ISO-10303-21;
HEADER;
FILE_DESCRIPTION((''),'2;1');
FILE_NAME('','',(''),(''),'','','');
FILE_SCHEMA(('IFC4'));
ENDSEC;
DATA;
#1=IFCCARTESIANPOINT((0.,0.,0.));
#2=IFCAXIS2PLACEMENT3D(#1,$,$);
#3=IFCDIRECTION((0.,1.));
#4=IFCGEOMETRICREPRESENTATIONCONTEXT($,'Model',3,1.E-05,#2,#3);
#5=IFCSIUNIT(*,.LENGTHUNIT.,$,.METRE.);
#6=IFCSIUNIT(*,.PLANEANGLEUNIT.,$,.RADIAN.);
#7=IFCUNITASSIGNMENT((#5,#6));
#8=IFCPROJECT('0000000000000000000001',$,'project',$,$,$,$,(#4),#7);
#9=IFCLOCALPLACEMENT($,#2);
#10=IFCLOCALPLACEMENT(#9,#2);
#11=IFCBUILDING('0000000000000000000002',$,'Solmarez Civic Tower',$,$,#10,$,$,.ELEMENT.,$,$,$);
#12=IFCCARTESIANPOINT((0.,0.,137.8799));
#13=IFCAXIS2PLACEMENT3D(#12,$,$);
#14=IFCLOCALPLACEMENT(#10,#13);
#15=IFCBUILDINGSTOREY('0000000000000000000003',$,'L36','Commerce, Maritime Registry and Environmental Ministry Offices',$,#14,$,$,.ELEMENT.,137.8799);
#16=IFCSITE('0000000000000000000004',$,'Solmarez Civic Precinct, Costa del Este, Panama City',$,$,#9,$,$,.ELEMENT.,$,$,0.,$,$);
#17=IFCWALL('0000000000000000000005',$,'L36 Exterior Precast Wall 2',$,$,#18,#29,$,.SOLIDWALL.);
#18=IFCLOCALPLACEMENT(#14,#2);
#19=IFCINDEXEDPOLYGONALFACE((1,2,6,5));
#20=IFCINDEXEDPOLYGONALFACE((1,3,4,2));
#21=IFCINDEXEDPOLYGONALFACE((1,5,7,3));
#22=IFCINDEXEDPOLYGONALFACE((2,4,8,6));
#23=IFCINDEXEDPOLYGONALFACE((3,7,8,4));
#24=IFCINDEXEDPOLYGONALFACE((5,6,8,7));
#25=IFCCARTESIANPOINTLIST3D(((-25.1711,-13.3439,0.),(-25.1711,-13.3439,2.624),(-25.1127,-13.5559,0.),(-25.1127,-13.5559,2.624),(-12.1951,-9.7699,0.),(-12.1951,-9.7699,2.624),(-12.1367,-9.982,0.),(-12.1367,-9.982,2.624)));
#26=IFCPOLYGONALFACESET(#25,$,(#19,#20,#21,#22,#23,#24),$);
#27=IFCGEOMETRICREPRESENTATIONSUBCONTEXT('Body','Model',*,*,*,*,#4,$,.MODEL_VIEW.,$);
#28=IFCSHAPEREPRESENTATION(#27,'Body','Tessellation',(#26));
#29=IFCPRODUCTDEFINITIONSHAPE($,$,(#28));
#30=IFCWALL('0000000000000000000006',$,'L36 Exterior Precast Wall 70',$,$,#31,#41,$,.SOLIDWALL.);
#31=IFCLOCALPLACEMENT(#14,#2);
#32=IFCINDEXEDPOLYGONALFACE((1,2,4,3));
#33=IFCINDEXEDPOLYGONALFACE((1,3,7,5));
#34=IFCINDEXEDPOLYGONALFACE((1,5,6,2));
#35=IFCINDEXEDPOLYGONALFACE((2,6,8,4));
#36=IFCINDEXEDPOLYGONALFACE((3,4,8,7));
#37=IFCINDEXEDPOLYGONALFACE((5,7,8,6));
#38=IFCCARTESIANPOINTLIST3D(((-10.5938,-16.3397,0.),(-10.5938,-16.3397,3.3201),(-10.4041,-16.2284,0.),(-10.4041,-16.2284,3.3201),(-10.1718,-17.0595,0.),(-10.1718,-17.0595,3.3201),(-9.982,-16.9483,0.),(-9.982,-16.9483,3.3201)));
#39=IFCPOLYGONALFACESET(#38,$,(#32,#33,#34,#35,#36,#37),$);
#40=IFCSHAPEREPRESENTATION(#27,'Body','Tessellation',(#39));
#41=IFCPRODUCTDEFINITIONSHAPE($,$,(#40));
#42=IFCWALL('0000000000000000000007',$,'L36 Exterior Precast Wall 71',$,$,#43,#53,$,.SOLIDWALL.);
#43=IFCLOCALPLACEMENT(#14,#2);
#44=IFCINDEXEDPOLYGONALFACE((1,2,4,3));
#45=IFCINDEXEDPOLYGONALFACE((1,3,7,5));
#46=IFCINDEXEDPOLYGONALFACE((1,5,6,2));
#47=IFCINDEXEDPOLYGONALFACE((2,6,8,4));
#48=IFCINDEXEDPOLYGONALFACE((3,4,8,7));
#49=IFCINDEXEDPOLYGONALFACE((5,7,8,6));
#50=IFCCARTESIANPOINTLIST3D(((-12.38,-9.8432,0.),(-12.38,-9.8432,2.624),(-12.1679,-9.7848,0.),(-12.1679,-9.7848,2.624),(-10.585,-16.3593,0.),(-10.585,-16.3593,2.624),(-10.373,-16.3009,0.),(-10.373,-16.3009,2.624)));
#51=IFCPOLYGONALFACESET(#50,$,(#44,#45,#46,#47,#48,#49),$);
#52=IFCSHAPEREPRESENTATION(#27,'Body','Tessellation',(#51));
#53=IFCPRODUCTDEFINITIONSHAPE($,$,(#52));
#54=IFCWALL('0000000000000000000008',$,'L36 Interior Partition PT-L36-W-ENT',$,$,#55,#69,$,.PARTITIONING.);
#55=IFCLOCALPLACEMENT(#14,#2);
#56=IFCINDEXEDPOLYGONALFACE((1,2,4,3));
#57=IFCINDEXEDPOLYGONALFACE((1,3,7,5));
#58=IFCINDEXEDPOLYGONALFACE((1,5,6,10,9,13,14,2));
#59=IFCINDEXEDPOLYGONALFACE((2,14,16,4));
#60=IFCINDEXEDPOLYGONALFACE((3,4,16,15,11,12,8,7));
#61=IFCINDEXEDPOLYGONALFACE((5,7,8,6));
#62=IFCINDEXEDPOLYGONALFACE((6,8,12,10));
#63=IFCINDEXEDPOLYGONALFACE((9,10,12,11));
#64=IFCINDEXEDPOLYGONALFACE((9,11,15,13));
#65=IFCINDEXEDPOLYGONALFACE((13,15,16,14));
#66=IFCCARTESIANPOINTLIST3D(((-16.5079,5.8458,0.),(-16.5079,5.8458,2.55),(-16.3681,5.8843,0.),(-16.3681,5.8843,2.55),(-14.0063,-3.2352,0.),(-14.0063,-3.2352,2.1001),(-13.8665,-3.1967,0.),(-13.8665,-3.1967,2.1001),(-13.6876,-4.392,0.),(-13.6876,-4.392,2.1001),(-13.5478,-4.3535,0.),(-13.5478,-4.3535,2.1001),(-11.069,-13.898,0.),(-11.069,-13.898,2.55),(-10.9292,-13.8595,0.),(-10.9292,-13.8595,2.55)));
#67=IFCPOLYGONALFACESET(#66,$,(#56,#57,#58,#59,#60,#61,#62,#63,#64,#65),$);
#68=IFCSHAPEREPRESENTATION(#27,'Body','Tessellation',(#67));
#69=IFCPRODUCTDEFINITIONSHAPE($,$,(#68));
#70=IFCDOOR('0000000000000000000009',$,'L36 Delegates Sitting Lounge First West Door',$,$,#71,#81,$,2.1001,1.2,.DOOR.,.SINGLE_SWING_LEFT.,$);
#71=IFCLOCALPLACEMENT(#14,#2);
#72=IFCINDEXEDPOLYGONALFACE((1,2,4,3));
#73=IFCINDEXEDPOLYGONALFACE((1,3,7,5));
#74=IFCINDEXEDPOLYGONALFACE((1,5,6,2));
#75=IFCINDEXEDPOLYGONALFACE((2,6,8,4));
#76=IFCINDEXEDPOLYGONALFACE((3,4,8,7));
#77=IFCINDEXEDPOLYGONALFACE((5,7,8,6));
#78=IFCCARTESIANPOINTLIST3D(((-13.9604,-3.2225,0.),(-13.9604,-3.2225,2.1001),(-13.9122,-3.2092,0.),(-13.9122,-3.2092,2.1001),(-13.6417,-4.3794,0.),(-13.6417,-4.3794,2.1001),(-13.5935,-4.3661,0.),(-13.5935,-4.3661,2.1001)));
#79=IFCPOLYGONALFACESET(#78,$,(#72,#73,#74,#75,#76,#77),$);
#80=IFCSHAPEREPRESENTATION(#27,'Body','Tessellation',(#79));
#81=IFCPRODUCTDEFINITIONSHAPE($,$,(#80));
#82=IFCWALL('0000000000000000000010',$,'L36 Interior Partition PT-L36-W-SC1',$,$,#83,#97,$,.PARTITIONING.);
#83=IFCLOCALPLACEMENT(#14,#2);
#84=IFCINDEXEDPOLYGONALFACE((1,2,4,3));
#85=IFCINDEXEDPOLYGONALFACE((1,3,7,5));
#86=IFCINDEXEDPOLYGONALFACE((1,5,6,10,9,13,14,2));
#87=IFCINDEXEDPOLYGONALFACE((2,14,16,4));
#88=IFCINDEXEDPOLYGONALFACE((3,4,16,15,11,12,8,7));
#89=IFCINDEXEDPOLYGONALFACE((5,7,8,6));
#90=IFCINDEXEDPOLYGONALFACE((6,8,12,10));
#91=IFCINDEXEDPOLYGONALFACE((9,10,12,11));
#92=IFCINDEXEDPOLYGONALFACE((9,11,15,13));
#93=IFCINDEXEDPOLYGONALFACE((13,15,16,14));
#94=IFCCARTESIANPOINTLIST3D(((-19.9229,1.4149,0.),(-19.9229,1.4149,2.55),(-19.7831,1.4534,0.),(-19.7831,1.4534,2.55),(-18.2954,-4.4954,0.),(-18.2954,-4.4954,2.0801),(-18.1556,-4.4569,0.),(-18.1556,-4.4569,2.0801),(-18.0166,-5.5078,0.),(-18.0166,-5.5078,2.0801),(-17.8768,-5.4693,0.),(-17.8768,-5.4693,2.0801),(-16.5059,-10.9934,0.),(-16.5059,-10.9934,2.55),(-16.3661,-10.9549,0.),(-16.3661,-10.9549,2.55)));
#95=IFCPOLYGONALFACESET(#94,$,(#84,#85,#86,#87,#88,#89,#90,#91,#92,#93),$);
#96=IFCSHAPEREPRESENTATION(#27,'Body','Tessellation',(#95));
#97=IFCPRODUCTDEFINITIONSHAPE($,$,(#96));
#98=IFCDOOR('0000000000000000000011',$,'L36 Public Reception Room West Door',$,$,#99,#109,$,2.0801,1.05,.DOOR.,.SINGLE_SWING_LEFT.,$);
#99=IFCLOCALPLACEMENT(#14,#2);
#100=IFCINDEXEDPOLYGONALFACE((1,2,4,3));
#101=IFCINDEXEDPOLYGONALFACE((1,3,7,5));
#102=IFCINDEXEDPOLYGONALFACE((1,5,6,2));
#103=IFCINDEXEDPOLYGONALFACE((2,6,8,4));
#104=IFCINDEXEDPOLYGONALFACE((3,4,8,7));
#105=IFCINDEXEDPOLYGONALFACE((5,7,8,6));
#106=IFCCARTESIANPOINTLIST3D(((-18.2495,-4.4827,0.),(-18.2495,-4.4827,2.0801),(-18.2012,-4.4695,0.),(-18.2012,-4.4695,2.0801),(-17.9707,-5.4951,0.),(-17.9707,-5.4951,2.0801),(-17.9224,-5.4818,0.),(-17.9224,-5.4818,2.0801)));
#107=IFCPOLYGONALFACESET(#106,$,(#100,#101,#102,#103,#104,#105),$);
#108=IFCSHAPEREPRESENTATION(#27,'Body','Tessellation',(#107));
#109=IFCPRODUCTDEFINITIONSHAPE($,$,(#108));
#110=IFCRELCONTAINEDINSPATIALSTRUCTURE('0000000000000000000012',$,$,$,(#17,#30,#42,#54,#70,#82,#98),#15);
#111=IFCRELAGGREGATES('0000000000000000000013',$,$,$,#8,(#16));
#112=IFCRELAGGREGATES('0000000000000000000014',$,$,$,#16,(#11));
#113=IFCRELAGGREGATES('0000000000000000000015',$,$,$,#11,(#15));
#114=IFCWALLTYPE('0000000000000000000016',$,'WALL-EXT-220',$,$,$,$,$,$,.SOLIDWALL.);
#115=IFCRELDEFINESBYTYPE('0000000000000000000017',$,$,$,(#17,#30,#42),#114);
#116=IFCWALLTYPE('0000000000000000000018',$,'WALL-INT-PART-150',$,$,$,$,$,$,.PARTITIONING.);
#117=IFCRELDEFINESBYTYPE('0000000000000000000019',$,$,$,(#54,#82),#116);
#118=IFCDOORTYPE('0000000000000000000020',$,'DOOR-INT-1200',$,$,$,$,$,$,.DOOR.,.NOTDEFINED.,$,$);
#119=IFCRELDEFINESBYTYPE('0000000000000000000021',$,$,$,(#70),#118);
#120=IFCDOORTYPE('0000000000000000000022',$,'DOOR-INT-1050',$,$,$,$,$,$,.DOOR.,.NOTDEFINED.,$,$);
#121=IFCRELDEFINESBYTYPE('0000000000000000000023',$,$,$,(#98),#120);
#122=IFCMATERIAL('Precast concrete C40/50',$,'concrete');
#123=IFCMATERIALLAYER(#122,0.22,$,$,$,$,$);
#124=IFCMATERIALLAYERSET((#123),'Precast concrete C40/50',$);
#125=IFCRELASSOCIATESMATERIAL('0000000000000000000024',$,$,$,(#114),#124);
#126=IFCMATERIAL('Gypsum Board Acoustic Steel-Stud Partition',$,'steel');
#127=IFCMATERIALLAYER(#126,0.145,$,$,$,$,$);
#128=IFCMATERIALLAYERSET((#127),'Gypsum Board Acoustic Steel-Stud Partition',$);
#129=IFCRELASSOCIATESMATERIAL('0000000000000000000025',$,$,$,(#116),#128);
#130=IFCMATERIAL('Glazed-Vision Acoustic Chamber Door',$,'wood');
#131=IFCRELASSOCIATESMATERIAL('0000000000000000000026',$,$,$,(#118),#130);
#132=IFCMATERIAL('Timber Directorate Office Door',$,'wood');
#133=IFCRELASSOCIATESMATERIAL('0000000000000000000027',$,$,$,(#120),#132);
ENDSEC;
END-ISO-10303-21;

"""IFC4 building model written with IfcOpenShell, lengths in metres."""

from ifc_helpers import new_model, si_unit, direction, frame, frame_2d, origin, place, context, subcontext, project, spatial, rectangle, extrude, material, layer, layer_set, type_object, element, fill, save


model = new_model("IFC4")

# Units and contexts
model_context = context("Model", 3, precision=1e-05, world=origin(), true_north=direction((0.0, 1.0)))
body_context = subcontext(model_context, "Body", "Model", "MODEL_VIEW")
ifc_project = project(units=[si_unit("LENGTHUNIT", "METRE"), si_unit("PLANEANGLEUNIT", "RADIAN")], contexts=[model_context])

# Site, building, storey
site_placement = place(None, origin())
site = spatial("IfcSite", under=ifc_project, at=site_placement, Name="Solmarez Civic Precinct, Costa del Este, Panama City", CompositionType="ELEMENT", RefElevation=0.0)
building_placement = place(site_placement, origin())
building = spatial("IfcBuilding", under=site, at=building_placement, Name="Solmarez Civic Tower", CompositionType="ELEMENT")
storey_placement = place(building_placement, frame((0.0, 0.0, 137.8799)))
storey = spatial("IfcBuildingStorey", under=building, at=storey_placement, Name="L36", Description="Commerce, Maritime Registry and Environmental Ministry Offices", CompositionType="ELEMENT", Elevation=137.8799)

# Walls
ifc_material_1 = material(Name="Precast concrete C40/50", Category="concrete")
ifc_layer_1 = layer(ifc_material_1, 0.22)
ifc_layer_set_1 = layer_set([ifc_layer_1], Name="Precast concrete C40/50")
wall_type_1 = type_object("IfcWallType", Name="WALL-EXT-220", PredefinedType="SOLIDWALL", material=ifc_layer_set_1)
wall_1_placement = place(storey_placement, frame((-12.166, -9.876, 0.0), z_axis=(0.0, 0.0, 1.0), x_axis=(-0.9641, -0.26554, 0.0)))
element("IfcWall", 1, at=wall_1_placement, inside=storey, type_object=wall_type_1, Name="L36 Exterior Precast Wall 2", PredefinedType="SOLIDWALL", context=body_context, shape_type="SweptSolid", body=[
    extrude(rectangle(XDim=13.4592, YDim=0.22, at=frame_2d((6.7295, 0.0))), origin(), (0.0, 0.0, 1.0), 2.624),
])
wall_2_placement = place(storey_placement, frame((-10.0769, -17.0039, 0.0), z_axis=(0.0, 0.0, 1.0), x_axis=(-0.50578, 0.862663, 0.0)))
element("IfcWall", 2, at=wall_2_placement, inside=storey, type_object=wall_type_1, Name="L36 Exterior Precast Wall 70", PredefinedType="SOLIDWALL", context=body_context, shape_type="SweptSolid", body=[
    extrude(rectangle(XDim=0.8345, YDim=0.22, at=frame_2d((0.4172, 0.0))), origin(), (0.0, 0.0, 1.0), 3.3201),
])
wall_3_placement = place(storey_placement, frame((-10.479, -16.3301, 0.0), z_axis=(0.0, 0.0, 1.0), x_axis=(-0.265568, 0.964092, 0.0)))
element("IfcWall", 3, at=wall_3_placement, inside=storey, type_object=wall_type_1, Name="L36 Exterior Precast Wall 71", PredefinedType="SOLIDWALL", context=body_context, shape_type="SweptSolid", body=[
    extrude(rectangle(XDim=6.7588, YDim=0.22, at=frame_2d((3.3794, 0.0))), origin(), (0.0, 0.0, 1.0), 2.624),
])

# Walls, openings, doors
ifc_material_2 = material(Name="Gypsum Board Acoustic Steel-Stud Partition", Category="steel")
ifc_layer_2 = layer(ifc_material_2, 0.145)
ifc_layer_set_2 = layer_set([ifc_layer_2], Name="Gypsum Board Acoustic Steel-Stud Partition")
wall_type_2 = type_object("IfcWallType", Name="WALL-INT-PART-150", PredefinedType="PARTITIONING", material=ifc_layer_set_2)
wall_4_placement = place(storey_placement, frame((-10.999, -13.8789, 0.0), z_axis=(0.0, 0.0, 1.0), x_axis=(-0.265583, 0.964088, 0.0)))
wall_4 = element("IfcWall", 4, at=wall_4_placement, inside=storey, type_object=wall_type_2, Name="L36 Interior Partition PT-L36-W-ENT", PredefinedType="PARTITIONING", context=body_context, shape_type="SweptSolid", body=[
    extrude(rectangle(XDim=20.4792, YDim=0.145, at=frame_2d((10.2397, 0.0))), origin(), (0.0, 0.0, 1.0), 2.55),
])
opening_1_placement = place(wall_4_placement, frame((9.8601, 0.0, 0.0)))
opening_1 = element("IfcOpeningElement", 5, at=opening_1_placement, cuts=wall_4, PredefinedType="OPENING", context=body_context, shape_type="SweptSolid", body=[
    extrude(rectangle(XDim=1.2, YDim=2.1001, at=frame_2d((0.6001, 1.05))), frame((0.0, 0.0825, 0.0), z_axis=(0.0, -1.0, 0.0), x_axis=(1.0, 0.0, 0.0)), (0.0, 0.0, 1.0), 0.165),
])
ifc_material_3 = material(Name="Glazed-Vision Acoustic Chamber Door", Category="wood")
door_type_1 = type_object("IfcDoorType", Name="DOOR-INT-1200", OperationType="NOTDEFINED", PredefinedType="DOOR", material=ifc_material_3)
door_1_placement = place(opening_1_placement, origin())
door_1 = element("IfcDoor", 6, at=door_1_placement, inside=storey, type_object=door_type_1, Name="L36 Delegates Sitting Lounge First West Door", OperationType="SINGLE_SWING_LEFT", OverallHeight=2.1001, OverallWidth=1.2, PredefinedType="DOOR", context=body_context, shape_type="SweptSolid", body=[
    extrude(rectangle(XDim=1.2, YDim=2.1001, at=frame_2d((0.6001, 1.05))), frame((0.0, 0.0249, 0.0), z_axis=(0.0, -1.0, 0.0), x_axis=(1.0, 0.0, 0.0)), (0.0, 0.0, 1.0), 0.05),
])
fill(opening_1, door_1)
wall_5_placement = place(storey_placement, frame((-16.436, -10.9741, 0.0), z_axis=(0.0, 0.0, 1.0), x_axis=(-0.265499, 0.964111, 0.0)))
wall_5 = element("IfcWall", 7, at=wall_5_placement, inside=storey, type_object=wall_type_2, Name="L36 Interior Partition PT-L36-W-SC1", PredefinedType="PARTITIONING", context=body_context, shape_type="SweptSolid", body=[
    extrude(rectangle(XDim=12.8701, YDim=0.145, at=frame_2d((6.4351, 0.0))), origin(), (0.0, 0.0, 1.0), 2.55),
])
opening_2_placement = place(wall_5_placement, frame((5.6899, 0.0, 0.0)))
opening_2 = element("IfcOpeningElement", 8, at=opening_2_placement, cuts=wall_5, PredefinedType="OPENING", context=body_context, shape_type="SweptSolid", body=[
    extrude(rectangle(XDim=1.05, YDim=2.0801, at=frame_2d((0.5249, 1.04))), frame((0.0, 0.0825, 0.0), z_axis=(0.0, -1.0, 0.0), x_axis=(1.0, 0.0, 0.0)), (0.0, 0.0, 1.0), 0.165),
])
ifc_material_4 = material(Name="Timber Directorate Office Door", Category="wood")
door_type_2 = type_object("IfcDoorType", Name="DOOR-INT-1050", OperationType="NOTDEFINED", PredefinedType="DOOR", material=ifc_material_4)
door_2_placement = place(opening_2_placement, origin())
door_2 = element("IfcDoor", 9, at=door_2_placement, inside=storey, type_object=door_type_2, Name="L36 Public Reception Room West Door", OperationType="SINGLE_SWING_LEFT", OverallHeight=2.0801, OverallWidth=1.05, PredefinedType="DOOR", context=body_context, shape_type="SweptSolid", body=[
    extrude(rectangle(XDim=1.05, YDim=2.0801, at=frame_2d((0.5249, 1.04))), frame((0.0, 0.0249, 0.0), z_axis=(0.0, -1.0, 0.0), x_axis=(1.0, 0.0, 0.0)), (0.0, 0.0, 1.0), 0.05),
])
fill(opening_2, door_2)

save(model, "model.ifc")
